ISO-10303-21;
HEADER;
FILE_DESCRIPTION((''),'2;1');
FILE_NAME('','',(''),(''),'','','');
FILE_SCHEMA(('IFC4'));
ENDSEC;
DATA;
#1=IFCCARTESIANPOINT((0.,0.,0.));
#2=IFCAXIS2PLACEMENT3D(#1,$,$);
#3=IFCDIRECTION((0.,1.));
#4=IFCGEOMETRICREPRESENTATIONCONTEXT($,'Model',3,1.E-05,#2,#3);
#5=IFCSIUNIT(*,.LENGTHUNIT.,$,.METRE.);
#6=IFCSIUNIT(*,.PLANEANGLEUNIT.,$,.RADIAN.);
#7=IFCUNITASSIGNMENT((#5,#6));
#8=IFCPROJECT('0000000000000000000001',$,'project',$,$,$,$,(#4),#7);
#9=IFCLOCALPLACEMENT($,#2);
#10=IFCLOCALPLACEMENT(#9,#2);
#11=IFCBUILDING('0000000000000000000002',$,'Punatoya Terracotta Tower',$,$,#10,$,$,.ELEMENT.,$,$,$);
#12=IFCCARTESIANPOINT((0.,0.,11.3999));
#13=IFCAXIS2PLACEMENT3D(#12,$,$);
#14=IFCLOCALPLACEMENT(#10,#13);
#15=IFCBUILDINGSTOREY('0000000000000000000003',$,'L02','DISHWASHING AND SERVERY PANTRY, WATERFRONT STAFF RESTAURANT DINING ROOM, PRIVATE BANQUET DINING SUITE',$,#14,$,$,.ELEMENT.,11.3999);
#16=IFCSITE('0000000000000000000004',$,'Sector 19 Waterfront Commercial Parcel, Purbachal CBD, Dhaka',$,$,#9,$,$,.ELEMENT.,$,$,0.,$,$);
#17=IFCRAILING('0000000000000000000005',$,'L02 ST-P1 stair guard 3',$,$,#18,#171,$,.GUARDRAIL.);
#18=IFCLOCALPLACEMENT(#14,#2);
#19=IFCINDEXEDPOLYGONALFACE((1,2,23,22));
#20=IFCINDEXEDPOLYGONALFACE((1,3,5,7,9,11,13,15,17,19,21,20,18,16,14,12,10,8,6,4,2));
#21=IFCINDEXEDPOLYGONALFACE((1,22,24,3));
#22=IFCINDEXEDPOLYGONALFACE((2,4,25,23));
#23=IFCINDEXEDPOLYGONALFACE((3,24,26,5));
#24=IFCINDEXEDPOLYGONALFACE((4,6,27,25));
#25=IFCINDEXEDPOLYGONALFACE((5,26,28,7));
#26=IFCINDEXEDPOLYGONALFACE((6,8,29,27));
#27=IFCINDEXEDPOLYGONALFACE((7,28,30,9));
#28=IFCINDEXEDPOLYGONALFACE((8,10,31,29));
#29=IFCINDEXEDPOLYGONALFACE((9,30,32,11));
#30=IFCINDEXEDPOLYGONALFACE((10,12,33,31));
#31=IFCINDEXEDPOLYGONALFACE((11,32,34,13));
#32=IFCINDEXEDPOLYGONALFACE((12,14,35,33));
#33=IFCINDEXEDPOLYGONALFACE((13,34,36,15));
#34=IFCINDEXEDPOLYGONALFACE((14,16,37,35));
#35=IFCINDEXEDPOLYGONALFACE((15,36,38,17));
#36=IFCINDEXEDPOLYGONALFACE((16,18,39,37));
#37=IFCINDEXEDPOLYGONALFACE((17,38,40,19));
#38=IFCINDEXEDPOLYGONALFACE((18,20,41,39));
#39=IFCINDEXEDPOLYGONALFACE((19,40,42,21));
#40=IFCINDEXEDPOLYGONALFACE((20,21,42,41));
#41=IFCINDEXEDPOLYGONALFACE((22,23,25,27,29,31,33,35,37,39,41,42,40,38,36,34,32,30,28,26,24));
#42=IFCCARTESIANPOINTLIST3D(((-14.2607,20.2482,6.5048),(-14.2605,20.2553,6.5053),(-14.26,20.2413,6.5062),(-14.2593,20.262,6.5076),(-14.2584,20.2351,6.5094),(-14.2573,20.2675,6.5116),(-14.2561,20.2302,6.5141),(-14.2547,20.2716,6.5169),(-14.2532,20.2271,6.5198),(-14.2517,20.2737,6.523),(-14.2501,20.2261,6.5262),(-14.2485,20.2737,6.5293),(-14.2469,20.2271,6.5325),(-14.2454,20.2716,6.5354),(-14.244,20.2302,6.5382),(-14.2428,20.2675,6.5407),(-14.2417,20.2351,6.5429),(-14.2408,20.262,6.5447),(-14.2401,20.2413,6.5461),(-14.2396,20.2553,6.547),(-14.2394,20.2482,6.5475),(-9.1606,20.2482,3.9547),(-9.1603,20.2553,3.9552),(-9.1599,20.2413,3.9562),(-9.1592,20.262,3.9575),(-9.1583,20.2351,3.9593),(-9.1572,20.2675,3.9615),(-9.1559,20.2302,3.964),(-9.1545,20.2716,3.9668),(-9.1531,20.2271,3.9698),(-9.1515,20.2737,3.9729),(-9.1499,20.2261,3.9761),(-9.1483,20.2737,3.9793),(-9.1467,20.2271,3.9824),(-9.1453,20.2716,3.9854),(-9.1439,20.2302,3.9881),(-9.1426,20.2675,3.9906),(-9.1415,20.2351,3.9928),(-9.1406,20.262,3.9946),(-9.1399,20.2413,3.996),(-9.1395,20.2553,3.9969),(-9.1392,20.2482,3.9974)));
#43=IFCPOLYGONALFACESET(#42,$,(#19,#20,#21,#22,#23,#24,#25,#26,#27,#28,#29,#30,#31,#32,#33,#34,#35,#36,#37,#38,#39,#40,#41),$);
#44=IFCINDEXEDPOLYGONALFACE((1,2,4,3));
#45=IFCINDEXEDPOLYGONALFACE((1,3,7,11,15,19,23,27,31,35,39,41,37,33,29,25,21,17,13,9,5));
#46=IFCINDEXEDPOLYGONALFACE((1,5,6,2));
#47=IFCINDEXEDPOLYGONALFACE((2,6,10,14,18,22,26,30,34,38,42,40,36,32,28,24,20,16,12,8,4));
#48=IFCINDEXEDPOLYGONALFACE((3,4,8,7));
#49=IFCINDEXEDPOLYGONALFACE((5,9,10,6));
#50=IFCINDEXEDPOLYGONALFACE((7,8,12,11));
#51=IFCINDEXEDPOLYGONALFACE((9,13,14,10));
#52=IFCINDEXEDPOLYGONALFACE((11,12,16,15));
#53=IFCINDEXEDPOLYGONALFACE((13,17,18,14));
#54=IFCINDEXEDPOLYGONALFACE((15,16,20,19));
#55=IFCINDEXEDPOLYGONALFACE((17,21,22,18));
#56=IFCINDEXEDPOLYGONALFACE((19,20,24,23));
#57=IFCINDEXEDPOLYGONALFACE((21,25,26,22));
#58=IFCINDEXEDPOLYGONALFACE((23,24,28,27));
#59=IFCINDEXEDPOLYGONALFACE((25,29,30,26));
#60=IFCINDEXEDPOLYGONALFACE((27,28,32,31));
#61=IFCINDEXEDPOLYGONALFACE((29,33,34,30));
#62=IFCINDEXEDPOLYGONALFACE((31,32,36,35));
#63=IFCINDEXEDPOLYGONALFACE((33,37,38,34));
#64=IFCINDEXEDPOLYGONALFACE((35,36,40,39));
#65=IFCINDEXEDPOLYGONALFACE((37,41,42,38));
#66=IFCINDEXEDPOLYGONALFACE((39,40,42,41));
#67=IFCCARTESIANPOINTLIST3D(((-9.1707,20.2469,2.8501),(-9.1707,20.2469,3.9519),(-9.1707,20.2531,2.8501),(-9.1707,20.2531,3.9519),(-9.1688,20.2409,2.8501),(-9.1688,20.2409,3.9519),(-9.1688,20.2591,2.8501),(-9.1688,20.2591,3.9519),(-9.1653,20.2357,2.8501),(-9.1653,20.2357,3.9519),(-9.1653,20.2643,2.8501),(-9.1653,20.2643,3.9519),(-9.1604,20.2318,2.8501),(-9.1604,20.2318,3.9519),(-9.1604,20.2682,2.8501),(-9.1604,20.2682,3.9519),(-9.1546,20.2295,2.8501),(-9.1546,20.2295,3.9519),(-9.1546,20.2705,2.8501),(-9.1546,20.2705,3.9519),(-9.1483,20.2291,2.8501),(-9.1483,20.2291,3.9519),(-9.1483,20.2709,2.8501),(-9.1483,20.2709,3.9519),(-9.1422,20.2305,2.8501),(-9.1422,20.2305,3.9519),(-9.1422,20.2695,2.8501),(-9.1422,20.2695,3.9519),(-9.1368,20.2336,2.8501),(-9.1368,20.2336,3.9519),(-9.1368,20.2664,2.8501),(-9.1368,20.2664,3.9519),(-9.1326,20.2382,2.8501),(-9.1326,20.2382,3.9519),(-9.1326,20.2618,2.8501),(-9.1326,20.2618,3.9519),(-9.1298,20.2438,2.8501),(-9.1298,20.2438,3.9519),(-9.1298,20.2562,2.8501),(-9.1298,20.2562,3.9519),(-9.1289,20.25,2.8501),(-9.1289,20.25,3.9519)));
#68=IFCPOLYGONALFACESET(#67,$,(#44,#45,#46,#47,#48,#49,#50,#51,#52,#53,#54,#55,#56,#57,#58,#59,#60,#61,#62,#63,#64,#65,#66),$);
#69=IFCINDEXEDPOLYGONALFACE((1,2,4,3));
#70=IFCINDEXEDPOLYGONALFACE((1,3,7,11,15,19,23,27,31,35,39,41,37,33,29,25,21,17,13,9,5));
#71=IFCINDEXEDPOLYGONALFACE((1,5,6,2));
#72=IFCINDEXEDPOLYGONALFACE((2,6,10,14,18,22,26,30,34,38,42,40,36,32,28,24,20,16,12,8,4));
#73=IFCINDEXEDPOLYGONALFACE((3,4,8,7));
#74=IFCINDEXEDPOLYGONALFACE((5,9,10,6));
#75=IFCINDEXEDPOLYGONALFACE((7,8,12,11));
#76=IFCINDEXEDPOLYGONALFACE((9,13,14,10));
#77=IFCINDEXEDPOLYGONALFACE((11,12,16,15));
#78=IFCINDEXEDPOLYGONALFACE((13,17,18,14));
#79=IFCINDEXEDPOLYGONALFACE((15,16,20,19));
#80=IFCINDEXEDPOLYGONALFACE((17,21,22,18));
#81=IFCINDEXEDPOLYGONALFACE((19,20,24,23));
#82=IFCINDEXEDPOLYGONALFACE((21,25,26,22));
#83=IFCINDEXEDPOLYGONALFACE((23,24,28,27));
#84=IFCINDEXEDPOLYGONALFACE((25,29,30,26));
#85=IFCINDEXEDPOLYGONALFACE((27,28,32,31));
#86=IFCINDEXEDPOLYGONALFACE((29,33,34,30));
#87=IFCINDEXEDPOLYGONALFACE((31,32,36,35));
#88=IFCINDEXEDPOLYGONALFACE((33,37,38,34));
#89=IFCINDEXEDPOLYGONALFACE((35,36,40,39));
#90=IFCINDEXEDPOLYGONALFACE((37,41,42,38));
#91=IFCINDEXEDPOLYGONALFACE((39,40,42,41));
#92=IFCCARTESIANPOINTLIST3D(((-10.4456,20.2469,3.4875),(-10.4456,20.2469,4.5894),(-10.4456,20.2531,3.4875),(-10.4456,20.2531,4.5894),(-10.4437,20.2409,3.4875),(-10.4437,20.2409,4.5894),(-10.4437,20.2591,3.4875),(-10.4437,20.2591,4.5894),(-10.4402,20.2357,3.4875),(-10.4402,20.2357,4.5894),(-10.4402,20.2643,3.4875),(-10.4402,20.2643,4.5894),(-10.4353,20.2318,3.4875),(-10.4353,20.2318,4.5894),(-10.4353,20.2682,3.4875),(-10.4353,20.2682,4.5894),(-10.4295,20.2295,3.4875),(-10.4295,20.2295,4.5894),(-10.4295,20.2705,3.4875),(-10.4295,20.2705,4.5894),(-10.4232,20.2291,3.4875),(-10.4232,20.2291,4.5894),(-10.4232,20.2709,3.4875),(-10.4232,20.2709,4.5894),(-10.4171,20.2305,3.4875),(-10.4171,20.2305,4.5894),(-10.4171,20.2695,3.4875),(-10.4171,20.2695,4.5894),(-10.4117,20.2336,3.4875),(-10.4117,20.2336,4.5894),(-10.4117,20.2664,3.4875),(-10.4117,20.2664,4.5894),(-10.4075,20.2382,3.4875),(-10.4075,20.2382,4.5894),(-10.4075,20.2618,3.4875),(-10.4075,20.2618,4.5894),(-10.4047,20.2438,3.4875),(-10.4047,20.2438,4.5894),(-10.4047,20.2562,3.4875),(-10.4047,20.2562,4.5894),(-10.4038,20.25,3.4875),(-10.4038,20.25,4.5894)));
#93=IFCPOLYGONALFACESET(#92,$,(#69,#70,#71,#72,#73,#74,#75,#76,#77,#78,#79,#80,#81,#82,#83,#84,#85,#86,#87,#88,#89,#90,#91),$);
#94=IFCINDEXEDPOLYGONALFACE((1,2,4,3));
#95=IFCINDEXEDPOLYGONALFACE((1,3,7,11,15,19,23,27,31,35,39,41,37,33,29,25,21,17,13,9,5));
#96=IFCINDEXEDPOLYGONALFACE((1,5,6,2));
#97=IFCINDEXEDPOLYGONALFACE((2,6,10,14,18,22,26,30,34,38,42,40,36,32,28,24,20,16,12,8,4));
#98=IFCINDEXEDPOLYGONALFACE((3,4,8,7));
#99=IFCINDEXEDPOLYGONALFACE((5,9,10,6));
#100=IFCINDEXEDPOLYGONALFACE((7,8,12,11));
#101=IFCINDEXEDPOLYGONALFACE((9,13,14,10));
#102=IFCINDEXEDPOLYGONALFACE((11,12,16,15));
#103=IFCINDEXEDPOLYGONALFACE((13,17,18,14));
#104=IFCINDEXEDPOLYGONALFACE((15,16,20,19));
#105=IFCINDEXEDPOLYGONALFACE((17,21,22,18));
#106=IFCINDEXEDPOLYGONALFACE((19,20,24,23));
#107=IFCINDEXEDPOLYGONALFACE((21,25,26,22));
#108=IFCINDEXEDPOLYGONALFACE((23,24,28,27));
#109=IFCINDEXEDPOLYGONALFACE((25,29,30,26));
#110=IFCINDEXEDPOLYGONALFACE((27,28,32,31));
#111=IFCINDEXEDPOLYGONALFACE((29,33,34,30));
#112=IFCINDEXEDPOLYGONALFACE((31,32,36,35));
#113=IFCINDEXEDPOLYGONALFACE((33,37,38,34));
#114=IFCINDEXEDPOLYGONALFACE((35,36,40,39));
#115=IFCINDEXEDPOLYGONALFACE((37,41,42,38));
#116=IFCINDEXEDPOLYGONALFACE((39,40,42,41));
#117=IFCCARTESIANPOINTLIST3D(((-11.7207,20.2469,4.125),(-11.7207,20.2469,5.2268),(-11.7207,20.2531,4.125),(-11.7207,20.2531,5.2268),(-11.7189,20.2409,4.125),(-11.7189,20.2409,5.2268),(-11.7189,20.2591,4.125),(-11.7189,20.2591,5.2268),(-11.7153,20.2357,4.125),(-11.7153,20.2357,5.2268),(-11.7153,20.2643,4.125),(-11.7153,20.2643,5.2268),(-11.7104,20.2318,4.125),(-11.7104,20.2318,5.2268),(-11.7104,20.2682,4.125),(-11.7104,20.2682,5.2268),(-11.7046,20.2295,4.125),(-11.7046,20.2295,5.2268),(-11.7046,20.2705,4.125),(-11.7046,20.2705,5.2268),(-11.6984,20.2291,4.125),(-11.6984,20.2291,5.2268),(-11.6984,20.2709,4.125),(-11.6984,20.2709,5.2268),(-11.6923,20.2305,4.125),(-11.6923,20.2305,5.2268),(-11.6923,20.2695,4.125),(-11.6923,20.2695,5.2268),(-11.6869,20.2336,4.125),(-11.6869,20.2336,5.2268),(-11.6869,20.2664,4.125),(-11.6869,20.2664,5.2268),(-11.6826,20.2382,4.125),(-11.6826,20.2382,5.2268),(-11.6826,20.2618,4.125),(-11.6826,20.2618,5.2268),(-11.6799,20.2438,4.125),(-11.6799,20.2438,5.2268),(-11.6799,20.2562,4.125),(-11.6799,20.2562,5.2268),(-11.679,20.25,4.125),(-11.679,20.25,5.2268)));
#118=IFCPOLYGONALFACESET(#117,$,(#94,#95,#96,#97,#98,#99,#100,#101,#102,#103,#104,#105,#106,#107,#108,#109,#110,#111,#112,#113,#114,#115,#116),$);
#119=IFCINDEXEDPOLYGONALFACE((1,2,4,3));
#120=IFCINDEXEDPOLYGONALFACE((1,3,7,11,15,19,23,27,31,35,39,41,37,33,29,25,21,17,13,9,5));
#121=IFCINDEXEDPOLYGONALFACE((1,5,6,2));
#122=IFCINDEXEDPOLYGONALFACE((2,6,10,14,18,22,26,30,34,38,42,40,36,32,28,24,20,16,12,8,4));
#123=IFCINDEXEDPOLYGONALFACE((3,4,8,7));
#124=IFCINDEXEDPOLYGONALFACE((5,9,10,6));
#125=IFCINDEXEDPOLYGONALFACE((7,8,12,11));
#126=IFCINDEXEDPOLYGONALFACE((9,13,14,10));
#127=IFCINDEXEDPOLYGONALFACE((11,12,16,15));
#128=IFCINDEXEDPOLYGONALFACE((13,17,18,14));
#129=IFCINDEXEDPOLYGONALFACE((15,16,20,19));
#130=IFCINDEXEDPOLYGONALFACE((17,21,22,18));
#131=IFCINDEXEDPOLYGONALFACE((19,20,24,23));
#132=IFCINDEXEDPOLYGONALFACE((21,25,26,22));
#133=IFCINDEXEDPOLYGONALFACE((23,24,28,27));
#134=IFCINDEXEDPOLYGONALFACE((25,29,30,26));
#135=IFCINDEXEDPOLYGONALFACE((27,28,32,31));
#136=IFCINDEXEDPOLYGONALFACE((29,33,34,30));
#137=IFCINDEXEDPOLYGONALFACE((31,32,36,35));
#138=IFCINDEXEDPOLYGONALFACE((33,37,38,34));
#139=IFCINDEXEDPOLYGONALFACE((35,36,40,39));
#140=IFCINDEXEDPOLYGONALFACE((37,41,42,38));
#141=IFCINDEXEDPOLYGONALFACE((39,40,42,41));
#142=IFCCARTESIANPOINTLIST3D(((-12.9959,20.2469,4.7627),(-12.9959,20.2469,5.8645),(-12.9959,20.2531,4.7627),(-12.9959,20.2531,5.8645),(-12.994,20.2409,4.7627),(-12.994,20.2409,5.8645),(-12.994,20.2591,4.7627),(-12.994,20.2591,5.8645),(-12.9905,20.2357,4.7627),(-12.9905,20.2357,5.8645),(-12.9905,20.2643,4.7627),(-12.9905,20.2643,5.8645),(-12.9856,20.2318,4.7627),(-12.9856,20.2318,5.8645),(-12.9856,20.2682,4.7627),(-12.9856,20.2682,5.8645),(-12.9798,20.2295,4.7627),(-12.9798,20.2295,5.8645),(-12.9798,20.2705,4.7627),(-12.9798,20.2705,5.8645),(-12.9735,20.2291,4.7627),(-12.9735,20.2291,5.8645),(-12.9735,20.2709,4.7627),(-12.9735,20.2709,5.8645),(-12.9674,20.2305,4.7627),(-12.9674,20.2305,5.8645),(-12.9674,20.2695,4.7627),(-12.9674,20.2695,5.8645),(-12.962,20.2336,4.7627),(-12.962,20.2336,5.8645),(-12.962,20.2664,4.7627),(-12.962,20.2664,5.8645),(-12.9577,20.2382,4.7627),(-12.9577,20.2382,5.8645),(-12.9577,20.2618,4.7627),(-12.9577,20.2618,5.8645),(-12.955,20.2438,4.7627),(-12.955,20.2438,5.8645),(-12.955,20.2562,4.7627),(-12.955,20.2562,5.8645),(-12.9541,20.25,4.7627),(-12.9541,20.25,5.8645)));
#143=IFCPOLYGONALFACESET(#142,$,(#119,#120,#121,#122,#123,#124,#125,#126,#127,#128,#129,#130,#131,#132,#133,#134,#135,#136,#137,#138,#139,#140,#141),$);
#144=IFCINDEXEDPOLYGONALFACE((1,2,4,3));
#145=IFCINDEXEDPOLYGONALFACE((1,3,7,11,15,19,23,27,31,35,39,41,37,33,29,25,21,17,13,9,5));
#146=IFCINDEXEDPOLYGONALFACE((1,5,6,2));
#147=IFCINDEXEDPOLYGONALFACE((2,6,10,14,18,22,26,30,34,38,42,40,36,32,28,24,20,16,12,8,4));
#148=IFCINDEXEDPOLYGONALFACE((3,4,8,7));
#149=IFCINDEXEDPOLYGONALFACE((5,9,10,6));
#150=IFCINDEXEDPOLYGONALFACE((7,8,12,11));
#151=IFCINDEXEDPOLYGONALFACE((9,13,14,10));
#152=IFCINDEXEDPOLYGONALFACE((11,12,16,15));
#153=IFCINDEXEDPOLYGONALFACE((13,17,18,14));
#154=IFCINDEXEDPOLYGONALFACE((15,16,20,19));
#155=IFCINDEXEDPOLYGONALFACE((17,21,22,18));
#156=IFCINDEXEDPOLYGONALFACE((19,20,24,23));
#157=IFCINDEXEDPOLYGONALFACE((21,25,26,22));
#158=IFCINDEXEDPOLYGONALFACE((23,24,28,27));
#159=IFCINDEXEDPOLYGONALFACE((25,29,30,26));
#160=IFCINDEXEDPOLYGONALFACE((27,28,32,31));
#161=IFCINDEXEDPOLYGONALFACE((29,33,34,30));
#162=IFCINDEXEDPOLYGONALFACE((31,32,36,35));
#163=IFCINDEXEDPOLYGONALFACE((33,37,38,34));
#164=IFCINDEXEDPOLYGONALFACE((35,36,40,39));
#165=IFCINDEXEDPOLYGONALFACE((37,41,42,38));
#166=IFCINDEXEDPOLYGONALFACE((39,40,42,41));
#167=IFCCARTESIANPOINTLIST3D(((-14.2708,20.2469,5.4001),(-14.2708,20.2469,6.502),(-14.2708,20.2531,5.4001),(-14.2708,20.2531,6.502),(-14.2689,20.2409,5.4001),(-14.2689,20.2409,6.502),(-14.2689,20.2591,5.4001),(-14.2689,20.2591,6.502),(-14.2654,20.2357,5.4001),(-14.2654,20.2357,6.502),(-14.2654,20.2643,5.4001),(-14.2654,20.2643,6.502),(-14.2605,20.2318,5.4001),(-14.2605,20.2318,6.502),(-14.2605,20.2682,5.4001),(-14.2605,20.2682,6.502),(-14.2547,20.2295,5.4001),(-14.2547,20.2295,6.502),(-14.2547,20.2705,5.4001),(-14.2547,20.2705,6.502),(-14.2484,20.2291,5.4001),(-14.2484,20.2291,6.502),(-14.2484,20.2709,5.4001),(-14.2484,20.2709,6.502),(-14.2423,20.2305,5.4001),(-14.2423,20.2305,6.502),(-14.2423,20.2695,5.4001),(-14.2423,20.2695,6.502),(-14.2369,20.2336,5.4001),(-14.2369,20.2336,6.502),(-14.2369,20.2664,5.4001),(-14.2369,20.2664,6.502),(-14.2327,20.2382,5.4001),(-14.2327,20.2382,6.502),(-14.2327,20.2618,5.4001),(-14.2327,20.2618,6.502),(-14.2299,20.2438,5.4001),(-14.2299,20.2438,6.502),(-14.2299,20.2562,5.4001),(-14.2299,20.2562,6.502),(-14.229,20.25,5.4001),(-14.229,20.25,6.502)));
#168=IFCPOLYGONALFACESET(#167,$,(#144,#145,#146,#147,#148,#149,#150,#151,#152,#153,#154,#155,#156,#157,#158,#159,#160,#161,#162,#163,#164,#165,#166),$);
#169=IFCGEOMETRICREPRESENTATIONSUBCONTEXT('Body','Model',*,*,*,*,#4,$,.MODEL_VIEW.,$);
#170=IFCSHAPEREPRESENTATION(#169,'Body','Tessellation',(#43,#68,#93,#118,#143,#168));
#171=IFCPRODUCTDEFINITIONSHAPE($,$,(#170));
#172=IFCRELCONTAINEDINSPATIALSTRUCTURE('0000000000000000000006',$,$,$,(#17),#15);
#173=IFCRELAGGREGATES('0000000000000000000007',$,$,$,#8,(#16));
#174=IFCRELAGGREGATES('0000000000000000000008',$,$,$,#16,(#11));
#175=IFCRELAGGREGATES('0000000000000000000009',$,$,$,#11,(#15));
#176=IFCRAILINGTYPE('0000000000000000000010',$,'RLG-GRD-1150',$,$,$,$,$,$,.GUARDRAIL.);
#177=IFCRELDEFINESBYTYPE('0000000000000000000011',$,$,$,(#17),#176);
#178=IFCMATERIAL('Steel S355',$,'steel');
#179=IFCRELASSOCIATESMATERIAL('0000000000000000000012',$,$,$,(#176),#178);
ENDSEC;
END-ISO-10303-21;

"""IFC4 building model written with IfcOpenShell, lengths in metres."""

from ifc_helpers import new_model, si_unit, direction, frame, origin, origin_2d, place, context, subcontext, project, spatial, circle, extrude, material, type_object, element, save


model = new_model("IFC4")

# Units and contexts
model_context = context("Model", 3, precision=1e-05, world=origin(), true_north=direction((0.0, 1.0)))
body_context = subcontext(model_context, "Body", "Model", "MODEL_VIEW")
ifc_project = project(units=[si_unit("LENGTHUNIT", "METRE"), si_unit("PLANEANGLEUNIT", "RADIAN")], contexts=[model_context])

# Site, building, storey
site_placement = place(None, origin())
site = spatial("IfcSite", under=ifc_project, at=site_placement, Name="Sector 19 Waterfront Commercial Parcel, Purbachal CBD, Dhaka", CompositionType="ELEMENT", RefElevation=0.0)
building_placement = place(site_placement, origin())
building = spatial("IfcBuilding", under=site, at=building_placement, Name="Punatoya Terracotta Tower", CompositionType="ELEMENT")
storey_placement = place(building_placement, frame((0.0, 0.0, 11.3999)))
storey = spatial("IfcBuildingStorey", under=building, at=storey_placement, Name="L02", Description="DISHWASHING AND SERVERY PANTRY, WATERFRONT STAFF RESTAURANT DINING ROOM, PRIVATE BANQUET DINING SUITE", CompositionType="ELEMENT", Elevation=11.3999)

# Shared definitions
ifc_material_1 = material(Name="Steel S355", Category="steel")

# Railing
railing_type_1 = type_object("IfcRailingType", Name="RLG-GRD-1150", PredefinedType="GUARDRAIL", material=ifc_material_1)
railing_1_placement = place(storey_placement, frame((-9.1499, 20.25, 2.8501)))
element("IfcRailing", 1, at=railing_1_placement, inside=storey, type_object=railing_type_1, Name="L02 ST-P1 stair guard 3", PredefinedType="GUARDRAIL", context=body_context, shape_type="SweptSolid", body=[
    extrude(circle(Radius=0.0239, at=origin_2d()), frame((0.0, 0.0, 1.126), z_axis=(-0.894427, 0.0, 0.447214), x_axis=(0.0, -1.0, 0.0)), (0.0, 0.0, 1.0), 5.7021),
    extrude(circle(Radius=0.021, at=origin_2d()), origin(), (0.0, 0.0, 1.0), 1.1018),
    extrude(circle(Radius=0.021, at=origin_2d()), frame((-1.2749, 0.0, 0.6375)), (0.0, 0.0, 1.0), 1.1018),
    extrude(circle(Radius=0.021, at=origin_2d()), frame((-2.55, 0.0, 1.2749)), (0.0, 0.0, 1.0), 1.1018),
    extrude(circle(Radius=0.021, at=origin_2d()), frame((-3.8252, 0.0, 1.9126)), (0.0, 0.0, 1.0), 1.1018),
    extrude(circle(Radius=0.021, at=origin_2d()), frame((-5.1001, 0.0, 2.55)), (0.0, 0.0, 1.0), 1.1018),
])

save(model, "model.ifc")
